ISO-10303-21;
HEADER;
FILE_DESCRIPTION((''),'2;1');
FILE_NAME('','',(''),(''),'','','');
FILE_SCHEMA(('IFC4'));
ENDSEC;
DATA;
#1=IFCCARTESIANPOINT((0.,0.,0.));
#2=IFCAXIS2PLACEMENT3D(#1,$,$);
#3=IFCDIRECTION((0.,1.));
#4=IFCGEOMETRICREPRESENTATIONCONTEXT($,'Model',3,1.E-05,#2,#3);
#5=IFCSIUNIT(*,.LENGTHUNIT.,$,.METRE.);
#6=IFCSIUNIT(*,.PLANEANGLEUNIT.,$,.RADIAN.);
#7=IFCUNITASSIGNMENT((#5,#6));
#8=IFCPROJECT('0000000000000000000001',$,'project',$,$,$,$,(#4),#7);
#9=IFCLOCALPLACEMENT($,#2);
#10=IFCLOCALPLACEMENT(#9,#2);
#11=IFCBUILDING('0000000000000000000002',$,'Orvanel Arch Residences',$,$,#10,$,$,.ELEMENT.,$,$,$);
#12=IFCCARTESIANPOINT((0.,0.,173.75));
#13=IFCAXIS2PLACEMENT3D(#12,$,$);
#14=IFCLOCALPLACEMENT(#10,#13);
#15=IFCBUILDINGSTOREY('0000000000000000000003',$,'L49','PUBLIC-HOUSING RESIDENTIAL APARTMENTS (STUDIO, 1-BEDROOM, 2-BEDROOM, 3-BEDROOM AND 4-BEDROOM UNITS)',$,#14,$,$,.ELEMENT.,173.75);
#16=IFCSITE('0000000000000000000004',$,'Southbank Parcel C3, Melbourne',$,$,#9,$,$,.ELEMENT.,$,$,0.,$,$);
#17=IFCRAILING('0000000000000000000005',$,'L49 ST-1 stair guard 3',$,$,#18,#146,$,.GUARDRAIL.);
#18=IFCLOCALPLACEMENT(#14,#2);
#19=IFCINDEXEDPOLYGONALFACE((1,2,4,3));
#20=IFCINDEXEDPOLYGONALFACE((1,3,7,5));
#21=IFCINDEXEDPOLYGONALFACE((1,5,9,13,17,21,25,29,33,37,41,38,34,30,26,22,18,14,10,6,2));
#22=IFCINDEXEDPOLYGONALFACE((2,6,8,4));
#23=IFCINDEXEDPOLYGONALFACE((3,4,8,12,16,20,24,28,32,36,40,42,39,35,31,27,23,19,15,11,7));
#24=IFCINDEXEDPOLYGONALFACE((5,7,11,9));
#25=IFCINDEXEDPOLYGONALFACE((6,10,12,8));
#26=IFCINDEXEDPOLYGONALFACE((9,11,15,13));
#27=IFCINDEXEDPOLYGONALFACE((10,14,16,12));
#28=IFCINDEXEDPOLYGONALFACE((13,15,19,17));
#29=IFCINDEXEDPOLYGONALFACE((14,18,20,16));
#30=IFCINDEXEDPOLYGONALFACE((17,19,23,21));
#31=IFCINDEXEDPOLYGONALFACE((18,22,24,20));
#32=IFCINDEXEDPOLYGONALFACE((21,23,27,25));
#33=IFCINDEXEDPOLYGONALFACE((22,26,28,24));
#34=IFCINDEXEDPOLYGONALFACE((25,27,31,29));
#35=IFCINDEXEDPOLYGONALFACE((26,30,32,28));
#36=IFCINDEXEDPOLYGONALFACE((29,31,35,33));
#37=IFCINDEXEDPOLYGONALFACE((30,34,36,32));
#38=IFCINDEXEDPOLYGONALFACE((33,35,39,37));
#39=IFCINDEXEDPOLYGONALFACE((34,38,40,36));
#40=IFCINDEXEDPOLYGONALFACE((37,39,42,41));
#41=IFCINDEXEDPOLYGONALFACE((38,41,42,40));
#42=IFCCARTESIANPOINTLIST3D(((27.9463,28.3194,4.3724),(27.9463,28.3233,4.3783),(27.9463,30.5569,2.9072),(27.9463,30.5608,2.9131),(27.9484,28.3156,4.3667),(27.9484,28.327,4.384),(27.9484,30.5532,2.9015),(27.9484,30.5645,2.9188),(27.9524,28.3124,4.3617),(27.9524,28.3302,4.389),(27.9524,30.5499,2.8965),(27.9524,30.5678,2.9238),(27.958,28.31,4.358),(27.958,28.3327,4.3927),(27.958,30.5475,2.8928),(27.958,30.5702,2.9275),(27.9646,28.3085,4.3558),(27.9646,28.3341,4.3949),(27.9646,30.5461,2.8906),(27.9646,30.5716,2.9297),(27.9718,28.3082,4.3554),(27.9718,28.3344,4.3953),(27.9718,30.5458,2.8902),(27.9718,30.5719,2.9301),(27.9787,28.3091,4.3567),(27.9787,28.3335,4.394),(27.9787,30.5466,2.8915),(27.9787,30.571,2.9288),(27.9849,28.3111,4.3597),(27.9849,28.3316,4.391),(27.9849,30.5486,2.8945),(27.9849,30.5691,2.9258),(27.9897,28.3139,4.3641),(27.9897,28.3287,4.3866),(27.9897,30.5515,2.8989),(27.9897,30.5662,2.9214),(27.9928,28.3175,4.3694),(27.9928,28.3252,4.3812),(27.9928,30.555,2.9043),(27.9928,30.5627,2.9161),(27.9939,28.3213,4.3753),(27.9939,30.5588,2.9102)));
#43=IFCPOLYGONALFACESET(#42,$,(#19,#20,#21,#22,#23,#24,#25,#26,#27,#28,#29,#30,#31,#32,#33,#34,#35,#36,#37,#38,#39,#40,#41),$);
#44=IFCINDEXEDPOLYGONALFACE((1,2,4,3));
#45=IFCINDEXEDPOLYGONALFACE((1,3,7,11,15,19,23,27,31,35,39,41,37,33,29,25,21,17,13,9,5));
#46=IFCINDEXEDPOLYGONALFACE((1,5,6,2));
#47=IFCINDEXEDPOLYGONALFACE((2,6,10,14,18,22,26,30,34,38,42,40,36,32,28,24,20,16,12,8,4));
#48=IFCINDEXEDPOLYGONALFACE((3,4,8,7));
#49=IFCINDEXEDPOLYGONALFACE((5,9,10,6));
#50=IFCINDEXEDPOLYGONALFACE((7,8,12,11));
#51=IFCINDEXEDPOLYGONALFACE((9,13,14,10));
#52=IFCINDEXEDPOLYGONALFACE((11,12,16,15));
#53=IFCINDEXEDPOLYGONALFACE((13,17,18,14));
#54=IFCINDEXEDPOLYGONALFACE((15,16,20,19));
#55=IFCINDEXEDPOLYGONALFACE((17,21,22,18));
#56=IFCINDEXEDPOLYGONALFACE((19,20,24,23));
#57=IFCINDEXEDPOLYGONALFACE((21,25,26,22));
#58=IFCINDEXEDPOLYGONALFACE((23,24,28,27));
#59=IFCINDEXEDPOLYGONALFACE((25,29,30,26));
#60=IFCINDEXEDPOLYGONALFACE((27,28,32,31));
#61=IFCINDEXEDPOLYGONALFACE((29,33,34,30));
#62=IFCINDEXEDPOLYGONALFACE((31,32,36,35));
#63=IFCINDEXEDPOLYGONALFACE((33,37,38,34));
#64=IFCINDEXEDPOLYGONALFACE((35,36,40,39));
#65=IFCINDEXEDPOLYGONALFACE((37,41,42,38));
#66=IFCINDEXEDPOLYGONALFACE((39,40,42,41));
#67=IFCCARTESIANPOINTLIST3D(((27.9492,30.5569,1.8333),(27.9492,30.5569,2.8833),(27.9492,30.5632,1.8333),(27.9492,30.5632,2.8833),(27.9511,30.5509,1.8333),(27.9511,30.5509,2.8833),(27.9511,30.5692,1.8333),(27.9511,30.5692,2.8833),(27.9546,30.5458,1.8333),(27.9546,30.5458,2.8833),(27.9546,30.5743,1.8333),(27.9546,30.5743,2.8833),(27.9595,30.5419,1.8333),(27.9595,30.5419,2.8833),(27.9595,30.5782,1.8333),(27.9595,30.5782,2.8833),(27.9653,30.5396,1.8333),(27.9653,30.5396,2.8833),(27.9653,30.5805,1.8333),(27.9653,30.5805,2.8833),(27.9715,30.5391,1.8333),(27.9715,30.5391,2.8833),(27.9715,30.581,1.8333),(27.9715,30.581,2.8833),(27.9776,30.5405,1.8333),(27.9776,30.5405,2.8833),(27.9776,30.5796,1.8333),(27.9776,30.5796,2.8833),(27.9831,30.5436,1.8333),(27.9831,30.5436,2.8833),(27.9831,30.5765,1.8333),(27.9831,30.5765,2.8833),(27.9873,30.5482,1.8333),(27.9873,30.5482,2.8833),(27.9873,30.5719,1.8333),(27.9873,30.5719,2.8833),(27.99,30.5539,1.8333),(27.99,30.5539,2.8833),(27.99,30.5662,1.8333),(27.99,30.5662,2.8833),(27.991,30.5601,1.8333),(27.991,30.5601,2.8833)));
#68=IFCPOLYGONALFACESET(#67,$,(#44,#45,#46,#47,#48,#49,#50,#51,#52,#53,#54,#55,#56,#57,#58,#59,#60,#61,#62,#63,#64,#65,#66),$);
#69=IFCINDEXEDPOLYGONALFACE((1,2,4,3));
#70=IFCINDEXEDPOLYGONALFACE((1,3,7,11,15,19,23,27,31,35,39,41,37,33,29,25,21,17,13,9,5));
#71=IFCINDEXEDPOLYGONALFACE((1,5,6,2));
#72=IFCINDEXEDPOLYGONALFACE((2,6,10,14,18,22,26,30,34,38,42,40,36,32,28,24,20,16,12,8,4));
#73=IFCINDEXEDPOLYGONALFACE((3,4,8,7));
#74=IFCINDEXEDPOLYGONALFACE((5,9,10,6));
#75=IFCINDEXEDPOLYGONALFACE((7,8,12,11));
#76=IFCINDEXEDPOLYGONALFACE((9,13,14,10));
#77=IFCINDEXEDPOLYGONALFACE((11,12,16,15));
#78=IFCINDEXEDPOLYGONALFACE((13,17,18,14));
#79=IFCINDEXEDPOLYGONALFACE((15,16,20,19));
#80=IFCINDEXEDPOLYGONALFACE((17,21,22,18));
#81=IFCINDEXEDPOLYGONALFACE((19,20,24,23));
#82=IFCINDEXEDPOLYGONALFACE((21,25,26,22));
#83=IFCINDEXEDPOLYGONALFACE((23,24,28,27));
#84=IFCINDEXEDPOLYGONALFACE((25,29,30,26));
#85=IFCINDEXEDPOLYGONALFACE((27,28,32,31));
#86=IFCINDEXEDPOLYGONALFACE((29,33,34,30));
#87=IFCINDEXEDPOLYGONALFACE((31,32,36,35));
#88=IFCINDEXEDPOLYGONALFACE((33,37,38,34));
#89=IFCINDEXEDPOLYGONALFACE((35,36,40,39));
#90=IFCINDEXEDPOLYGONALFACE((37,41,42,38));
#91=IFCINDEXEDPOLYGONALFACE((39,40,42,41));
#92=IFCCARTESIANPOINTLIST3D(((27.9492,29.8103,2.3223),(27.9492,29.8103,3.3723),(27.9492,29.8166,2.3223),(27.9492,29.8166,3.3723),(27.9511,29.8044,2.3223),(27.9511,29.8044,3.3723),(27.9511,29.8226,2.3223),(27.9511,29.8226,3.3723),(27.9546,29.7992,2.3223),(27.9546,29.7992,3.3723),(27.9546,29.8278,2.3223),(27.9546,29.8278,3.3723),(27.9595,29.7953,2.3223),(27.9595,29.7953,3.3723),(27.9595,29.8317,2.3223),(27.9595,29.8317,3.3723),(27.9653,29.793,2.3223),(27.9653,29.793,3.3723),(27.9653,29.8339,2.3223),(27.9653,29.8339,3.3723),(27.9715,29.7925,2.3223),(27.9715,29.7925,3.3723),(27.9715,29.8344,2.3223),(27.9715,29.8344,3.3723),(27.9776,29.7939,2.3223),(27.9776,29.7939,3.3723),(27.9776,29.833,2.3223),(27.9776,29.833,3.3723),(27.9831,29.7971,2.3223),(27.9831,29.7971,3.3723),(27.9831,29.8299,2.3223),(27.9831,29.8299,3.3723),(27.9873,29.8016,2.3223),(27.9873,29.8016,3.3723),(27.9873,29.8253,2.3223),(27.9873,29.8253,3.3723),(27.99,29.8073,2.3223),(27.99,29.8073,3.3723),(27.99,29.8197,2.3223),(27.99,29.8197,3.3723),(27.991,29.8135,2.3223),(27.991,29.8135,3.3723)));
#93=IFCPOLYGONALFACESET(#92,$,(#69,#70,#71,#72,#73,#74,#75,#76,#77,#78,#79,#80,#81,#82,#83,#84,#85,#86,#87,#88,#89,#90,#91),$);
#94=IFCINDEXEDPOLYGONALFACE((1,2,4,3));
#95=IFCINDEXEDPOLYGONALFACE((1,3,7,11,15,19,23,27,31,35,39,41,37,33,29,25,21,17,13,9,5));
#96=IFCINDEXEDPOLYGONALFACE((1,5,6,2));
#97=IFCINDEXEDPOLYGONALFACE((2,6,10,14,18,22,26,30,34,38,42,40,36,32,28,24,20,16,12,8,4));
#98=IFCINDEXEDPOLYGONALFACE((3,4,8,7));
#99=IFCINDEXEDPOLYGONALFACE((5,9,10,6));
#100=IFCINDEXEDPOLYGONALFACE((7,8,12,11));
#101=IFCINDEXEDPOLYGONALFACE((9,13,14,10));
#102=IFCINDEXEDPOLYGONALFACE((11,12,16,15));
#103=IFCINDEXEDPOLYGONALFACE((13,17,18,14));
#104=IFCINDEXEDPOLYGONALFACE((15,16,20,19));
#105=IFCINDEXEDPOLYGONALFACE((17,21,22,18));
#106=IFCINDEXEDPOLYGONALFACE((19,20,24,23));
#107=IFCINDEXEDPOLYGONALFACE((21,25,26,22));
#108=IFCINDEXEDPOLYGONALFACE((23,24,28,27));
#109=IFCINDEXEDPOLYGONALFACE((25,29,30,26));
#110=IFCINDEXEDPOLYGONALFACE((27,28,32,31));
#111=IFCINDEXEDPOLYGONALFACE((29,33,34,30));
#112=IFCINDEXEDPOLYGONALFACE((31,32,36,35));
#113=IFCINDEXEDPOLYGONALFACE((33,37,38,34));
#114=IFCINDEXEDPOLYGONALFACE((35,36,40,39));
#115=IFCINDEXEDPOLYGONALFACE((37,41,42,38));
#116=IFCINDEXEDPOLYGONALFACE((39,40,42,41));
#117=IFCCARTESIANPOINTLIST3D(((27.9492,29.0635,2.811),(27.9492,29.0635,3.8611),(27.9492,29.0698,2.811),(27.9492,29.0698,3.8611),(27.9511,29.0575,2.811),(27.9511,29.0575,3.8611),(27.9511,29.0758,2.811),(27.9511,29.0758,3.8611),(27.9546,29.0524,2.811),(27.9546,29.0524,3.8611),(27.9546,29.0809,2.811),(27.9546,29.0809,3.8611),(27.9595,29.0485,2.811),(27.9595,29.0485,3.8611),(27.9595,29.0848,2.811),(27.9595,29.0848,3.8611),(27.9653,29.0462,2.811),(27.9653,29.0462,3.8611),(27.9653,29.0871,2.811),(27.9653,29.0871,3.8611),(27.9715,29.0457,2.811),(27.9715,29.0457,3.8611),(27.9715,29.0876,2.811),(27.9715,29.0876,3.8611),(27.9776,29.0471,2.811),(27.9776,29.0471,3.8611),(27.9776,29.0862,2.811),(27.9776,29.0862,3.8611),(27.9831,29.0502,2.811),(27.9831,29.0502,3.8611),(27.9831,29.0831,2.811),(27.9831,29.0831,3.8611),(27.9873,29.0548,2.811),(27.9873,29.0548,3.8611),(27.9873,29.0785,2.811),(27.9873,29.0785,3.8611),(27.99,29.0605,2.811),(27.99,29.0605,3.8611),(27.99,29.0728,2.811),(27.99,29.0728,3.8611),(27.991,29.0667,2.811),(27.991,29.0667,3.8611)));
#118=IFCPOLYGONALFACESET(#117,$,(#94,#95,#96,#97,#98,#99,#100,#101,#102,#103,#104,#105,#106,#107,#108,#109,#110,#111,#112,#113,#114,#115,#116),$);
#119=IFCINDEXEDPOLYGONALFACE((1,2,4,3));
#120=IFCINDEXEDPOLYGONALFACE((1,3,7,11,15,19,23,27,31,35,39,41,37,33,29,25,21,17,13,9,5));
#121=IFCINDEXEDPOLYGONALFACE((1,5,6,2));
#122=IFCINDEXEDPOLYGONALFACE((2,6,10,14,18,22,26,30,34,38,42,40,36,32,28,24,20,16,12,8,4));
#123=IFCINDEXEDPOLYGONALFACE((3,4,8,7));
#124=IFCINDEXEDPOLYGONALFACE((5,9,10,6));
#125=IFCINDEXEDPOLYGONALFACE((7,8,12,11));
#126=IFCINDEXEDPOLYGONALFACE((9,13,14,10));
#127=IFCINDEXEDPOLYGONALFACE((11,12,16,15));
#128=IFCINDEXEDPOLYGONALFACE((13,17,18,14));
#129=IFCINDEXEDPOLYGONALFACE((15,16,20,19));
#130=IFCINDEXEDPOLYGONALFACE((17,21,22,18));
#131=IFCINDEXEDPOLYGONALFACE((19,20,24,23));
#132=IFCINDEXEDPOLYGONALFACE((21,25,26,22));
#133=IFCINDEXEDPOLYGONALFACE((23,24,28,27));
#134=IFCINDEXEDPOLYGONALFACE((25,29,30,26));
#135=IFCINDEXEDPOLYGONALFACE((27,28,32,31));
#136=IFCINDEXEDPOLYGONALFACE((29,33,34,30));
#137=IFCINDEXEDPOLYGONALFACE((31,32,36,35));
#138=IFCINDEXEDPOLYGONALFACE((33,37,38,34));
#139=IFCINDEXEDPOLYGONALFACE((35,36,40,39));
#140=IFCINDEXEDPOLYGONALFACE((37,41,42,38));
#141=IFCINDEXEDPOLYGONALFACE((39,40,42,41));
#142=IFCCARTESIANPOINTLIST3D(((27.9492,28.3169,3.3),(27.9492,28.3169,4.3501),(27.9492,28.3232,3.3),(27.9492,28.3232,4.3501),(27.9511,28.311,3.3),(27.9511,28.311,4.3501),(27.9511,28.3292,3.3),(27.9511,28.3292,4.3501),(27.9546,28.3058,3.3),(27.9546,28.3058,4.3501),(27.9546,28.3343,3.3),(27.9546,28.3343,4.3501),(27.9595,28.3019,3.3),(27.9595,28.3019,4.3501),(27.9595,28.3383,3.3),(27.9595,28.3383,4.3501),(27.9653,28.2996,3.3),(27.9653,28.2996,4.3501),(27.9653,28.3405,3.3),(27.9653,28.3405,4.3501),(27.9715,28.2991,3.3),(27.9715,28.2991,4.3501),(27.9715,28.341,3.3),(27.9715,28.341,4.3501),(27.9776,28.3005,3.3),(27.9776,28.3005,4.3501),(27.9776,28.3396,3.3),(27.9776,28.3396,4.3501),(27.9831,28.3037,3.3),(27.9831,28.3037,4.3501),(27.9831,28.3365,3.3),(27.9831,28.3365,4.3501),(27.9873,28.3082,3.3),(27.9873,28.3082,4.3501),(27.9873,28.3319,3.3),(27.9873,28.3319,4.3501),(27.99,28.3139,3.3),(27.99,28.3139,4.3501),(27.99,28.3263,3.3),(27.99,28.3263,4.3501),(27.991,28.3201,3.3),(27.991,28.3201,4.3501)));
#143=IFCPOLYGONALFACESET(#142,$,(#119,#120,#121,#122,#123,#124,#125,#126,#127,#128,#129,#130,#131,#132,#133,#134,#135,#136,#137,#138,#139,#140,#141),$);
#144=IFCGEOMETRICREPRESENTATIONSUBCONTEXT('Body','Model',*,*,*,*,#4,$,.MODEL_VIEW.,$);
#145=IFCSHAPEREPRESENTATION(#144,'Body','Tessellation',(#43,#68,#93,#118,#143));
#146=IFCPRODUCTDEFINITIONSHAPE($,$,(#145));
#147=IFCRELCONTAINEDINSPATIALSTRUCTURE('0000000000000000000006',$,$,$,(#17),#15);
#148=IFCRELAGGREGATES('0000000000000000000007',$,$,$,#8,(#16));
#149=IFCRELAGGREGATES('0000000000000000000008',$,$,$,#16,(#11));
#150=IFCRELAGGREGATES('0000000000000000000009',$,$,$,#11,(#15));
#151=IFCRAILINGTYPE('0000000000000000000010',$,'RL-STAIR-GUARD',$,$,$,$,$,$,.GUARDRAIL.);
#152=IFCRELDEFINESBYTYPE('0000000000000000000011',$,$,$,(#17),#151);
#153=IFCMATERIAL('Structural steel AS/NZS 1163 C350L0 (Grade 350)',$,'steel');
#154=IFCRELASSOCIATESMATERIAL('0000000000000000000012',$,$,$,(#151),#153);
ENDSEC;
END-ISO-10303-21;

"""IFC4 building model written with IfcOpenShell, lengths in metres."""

from ifc_helpers import new_model, si_unit, direction, frame, origin, origin_2d, place, context, subcontext, project, spatial, circle, extrude, material, type_object, element, save


model = new_model("IFC4")

# Units and contexts
model_context = context("Model", 3, precision=1e-05, world=origin(), true_north=direction((0.0, 1.0)))
body_context = subcontext(model_context, "Body", "Model", "MODEL_VIEW")
ifc_project = project(units=[si_unit("LENGTHUNIT", "METRE"), si_unit("PLANEANGLEUNIT", "RADIAN")], contexts=[model_context])

# Site, building, storey
site_placement = place(None, origin())
site = spatial("IfcSite", under=ifc_project, at=site_placement, Name="Southbank Parcel C3, Melbourne", CompositionType="ELEMENT", RefElevation=0.0)
building_placement = place(site_placement, origin())
building = spatial("IfcBuilding", under=site, at=building_placement, Name="Orvanel Arch Residences", CompositionType="ELEMENT")
storey_placement = place(building_placement, frame((0.0, 0.0, 173.75)))
storey = spatial("IfcBuildingStorey", under=building, at=storey_placement, Name="L49", Description="PUBLIC-HOUSING RESIDENTIAL APARTMENTS (STUDIO, 1-BEDROOM, 2-BEDROOM, 3-BEDROOM AND 4-BEDROOM UNITS)", CompositionType="ELEMENT", Elevation=173.75)

# Railing
ifc_material_1 = material(Name="Structural steel AS/NZS 1163 C350L0 (Grade 350)", Category="steel")
railing_type_1 = type_object("IfcRailingType", Name="RL-STAIR-GUARD", PredefinedType="GUARDRAIL", material=ifc_material_1)
railing_1_placement = place(storey_placement, frame((27.97, 30.5601, 1.8333)))
element("IfcRailing", 1, at=railing_1_placement, inside=storey, type_object=railing_type_1, Name="L49 ST-1 stair guard 3", PredefinedType="GUARDRAIL", context=body_context, shape_type="SweptSolid", body=[
    extrude(circle(Radius=0.0239, at=origin_2d()), frame((0.0, -0.0012, 1.0769), z_axis=(0.0, -0.836595, 0.547822), x_axis=(1.0, 0.0, 0.0)), (0.0, 0.0, 1.0), 2.6746),
    extrude(circle(Radius=0.021, at=origin_2d()), origin(), (0.0, 0.0, 1.0), 1.05),
    extrude(circle(Radius=0.021, at=origin_2d()), frame((0.0, -0.7466, 0.489)), (0.0, 0.0, 1.0), 1.05),
    extrude(circle(Radius=0.021, at=origin_2d()), frame((0.0, -1.4934, 0.9778)), (0.0, 0.0, 1.0), 1.05),
    extrude(circle(Radius=0.021, at=origin_2d()), frame((0.0, -2.24, 1.4668)), (0.0, 0.0, 1.0), 1.05),
])

save(model, "model.ifc")
